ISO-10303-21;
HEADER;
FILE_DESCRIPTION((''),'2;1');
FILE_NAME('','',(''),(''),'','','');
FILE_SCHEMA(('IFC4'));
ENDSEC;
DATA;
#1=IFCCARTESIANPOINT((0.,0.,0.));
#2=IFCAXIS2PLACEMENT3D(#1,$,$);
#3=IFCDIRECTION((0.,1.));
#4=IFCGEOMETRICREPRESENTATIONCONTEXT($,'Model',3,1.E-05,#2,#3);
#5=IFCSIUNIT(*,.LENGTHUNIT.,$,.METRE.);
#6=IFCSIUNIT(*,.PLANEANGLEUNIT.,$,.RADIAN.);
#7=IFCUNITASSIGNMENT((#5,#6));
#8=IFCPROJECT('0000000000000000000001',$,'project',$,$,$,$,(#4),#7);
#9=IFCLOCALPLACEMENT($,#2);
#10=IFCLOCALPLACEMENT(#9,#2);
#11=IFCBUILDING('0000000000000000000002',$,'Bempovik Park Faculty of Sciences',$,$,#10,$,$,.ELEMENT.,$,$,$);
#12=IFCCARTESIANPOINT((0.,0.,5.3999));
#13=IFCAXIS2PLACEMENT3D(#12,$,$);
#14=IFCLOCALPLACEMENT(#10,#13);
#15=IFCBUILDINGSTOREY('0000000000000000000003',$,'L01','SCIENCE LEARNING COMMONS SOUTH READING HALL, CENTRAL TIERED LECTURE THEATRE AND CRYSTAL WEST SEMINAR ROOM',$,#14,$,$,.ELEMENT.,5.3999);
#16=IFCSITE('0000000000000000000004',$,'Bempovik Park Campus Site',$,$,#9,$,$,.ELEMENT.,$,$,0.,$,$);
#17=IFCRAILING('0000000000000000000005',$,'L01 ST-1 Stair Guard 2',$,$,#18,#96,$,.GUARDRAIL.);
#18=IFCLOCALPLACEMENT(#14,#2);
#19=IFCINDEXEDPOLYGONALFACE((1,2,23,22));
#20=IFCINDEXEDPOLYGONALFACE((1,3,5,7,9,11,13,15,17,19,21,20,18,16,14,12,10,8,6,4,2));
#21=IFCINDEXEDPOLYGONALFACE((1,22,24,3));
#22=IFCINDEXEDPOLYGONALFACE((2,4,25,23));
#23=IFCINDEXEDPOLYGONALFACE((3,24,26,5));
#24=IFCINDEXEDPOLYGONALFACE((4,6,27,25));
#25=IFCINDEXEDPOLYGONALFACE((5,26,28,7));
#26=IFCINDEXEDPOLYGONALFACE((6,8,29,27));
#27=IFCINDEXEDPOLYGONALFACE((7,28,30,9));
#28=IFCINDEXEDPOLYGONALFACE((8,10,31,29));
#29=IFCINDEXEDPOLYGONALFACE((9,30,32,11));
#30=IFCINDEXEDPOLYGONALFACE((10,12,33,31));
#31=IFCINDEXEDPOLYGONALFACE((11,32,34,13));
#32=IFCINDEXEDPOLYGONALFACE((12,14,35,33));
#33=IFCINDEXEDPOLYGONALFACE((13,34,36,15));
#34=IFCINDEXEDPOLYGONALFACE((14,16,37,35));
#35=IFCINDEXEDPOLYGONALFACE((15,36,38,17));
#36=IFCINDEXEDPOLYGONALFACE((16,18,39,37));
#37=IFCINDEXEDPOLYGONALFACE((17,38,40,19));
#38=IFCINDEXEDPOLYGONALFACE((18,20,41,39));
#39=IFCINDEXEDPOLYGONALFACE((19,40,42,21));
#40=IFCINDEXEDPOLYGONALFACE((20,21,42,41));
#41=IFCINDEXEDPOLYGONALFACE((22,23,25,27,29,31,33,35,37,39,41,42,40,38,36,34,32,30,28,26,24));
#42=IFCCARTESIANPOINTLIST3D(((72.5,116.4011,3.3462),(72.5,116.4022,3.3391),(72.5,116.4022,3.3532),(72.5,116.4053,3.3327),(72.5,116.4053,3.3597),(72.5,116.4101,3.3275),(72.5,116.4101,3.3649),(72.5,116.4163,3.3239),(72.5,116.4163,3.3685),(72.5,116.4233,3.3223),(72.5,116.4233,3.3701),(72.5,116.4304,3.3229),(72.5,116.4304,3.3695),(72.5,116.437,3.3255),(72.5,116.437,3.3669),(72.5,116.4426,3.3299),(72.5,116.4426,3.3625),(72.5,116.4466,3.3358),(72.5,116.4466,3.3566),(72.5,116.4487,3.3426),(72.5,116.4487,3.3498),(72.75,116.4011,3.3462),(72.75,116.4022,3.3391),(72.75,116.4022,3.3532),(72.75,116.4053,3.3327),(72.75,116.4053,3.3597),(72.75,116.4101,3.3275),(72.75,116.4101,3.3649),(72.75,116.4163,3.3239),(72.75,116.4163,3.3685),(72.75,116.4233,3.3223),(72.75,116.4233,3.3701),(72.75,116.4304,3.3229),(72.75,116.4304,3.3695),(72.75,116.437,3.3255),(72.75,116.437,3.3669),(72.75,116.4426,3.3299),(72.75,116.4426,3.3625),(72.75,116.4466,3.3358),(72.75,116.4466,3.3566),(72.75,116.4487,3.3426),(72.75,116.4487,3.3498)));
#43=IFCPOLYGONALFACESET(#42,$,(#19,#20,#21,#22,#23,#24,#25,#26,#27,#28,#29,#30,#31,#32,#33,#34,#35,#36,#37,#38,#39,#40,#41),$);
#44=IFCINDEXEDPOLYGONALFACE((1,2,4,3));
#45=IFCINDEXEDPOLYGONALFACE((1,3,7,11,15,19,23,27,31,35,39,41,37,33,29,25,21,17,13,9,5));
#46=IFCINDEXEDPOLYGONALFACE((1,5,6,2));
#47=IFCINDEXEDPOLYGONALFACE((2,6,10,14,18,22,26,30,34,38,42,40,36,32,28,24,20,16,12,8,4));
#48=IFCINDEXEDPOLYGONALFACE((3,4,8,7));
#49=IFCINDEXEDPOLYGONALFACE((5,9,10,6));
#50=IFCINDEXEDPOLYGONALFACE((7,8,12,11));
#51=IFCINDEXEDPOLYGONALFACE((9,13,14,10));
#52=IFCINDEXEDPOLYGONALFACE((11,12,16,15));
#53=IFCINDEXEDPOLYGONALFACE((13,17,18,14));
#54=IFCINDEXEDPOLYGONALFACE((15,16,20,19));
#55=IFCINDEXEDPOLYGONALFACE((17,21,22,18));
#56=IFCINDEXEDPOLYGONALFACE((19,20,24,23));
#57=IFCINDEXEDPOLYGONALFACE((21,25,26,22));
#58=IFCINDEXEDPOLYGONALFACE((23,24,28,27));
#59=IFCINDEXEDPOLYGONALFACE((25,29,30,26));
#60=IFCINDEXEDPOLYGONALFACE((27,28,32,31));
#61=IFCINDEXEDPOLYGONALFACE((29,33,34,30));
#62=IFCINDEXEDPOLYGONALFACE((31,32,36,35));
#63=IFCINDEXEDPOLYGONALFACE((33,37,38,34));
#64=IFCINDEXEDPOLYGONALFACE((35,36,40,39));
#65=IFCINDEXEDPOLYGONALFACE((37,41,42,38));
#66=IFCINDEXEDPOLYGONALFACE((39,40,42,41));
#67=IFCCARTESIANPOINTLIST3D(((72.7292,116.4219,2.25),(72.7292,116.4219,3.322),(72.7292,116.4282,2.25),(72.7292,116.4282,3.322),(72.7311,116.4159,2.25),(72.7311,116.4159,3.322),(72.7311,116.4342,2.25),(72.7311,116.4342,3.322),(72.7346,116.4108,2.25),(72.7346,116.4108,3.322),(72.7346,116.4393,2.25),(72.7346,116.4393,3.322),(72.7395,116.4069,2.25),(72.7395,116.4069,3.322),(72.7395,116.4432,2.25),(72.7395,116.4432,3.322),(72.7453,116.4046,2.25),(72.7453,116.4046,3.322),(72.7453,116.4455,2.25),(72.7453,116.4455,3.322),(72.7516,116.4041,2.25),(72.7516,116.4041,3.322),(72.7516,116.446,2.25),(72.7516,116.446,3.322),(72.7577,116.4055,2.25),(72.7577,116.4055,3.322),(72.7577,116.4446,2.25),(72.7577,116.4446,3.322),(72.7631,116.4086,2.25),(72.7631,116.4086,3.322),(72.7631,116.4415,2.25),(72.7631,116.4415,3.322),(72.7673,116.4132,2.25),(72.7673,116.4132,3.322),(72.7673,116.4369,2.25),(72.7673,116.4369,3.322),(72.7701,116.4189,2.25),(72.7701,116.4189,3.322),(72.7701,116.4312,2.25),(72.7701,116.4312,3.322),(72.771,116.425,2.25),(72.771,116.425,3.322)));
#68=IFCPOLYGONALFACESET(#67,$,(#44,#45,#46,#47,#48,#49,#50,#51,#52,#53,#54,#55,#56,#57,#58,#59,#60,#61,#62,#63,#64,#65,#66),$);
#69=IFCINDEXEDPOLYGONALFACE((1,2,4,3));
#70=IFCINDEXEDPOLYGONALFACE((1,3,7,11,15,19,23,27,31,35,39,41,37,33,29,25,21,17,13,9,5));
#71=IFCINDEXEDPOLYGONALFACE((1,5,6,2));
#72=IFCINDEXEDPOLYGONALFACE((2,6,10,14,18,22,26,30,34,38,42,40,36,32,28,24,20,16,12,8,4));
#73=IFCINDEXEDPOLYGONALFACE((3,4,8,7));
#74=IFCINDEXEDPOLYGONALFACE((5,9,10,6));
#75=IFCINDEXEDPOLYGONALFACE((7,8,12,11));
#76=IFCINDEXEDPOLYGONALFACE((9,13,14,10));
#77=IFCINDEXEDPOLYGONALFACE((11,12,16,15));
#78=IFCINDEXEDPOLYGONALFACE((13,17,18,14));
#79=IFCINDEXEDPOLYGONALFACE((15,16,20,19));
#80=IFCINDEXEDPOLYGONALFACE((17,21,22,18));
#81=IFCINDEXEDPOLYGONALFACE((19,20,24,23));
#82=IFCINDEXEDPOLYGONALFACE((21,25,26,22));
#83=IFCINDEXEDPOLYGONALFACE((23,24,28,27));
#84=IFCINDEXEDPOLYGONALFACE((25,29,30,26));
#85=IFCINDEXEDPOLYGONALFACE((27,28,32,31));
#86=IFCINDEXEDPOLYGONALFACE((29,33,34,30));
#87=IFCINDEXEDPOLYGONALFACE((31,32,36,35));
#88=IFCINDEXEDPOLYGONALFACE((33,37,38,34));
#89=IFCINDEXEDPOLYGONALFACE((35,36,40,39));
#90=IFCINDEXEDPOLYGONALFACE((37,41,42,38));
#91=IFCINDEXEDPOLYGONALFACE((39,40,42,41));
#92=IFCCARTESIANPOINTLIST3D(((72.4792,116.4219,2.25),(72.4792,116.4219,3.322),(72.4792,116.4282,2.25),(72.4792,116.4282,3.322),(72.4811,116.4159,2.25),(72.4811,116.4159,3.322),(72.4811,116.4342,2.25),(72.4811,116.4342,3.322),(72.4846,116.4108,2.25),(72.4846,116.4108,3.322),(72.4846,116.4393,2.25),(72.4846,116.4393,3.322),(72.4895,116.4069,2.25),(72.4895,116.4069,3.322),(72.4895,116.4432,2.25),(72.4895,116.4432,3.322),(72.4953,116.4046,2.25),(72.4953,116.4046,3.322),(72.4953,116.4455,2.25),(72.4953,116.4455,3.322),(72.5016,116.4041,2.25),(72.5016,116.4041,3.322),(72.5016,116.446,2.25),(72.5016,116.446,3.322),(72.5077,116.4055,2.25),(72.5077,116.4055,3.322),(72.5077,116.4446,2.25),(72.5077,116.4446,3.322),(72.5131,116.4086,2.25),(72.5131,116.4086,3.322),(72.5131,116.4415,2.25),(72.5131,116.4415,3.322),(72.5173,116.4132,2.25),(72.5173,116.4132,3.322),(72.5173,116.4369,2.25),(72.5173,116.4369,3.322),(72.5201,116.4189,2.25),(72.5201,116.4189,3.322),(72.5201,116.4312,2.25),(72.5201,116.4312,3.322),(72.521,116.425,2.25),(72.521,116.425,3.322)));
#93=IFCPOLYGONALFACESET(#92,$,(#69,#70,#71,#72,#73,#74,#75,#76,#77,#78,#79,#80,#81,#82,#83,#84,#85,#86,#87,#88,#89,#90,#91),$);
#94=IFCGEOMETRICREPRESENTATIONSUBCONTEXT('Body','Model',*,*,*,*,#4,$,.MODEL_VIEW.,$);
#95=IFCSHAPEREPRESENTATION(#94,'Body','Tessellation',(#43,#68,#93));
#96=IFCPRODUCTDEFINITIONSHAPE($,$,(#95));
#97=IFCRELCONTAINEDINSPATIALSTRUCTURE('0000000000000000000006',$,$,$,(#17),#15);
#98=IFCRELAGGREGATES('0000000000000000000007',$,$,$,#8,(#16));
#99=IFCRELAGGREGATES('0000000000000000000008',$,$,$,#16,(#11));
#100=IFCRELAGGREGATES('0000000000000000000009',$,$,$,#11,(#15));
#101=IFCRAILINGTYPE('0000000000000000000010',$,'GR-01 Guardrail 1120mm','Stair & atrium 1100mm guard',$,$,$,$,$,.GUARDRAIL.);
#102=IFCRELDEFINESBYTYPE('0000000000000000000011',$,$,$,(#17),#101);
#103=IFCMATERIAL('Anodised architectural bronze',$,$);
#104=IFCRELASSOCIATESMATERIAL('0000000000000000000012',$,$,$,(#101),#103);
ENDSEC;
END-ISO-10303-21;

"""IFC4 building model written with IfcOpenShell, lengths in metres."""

from ifc_helpers import new_model, si_unit, direction, frame, origin, origin_2d, place, context, subcontext, project, spatial, circle, extrude, material, type_object, element, save


model = new_model("IFC4")

# Units and contexts
model_context = context("Model", 3, precision=1e-05, world=origin(), true_north=direction((0.0, 1.0)))
body_context = subcontext(model_context, "Body", "Model", "MODEL_VIEW")
ifc_project = project(units=[si_unit("LENGTHUNIT", "METRE"), si_unit("PLANEANGLEUNIT", "RADIAN")], contexts=[model_context])

# Site, building, storey
site_placement = place(None, origin())
site = spatial("IfcSite", under=ifc_project, at=site_placement, Name="Bempovik Park Campus Site", CompositionType="ELEMENT", RefElevation=0.0)
building_placement = place(site_placement, origin())
building = spatial("IfcBuilding", under=site, at=building_placement, Name="Bempovik Park Faculty of Sciences", CompositionType="ELEMENT")
storey_placement = place(building_placement, frame((0.0, 0.0, 5.3999)))
storey = spatial("IfcBuildingStorey", under=building, at=storey_placement, Name="L01", Description="SCIENCE LEARNING COMMONS SOUTH READING HALL, CENTRAL TIERED LECTURE THEATRE AND CRYSTAL WEST SEMINAR ROOM", CompositionType="ELEMENT", Elevation=5.3999)

# Railing
ifc_material_1 = material(Name="Anodised architectural bronze")
railing_type_1 = type_object("IfcRailingType", Name="GR-01 Guardrail 1120mm", Description="Stair & atrium 1100mm guard", PredefinedType="GUARDRAIL", material=ifc_material_1)
railing_1_placement = place(storey_placement, frame((72.75, 116.425, 2.25)))
element("IfcRailing", 1, at=railing_1_placement, inside=storey, type_object=railing_type_1, Name="L01 ST-1 Stair Guard 2", PredefinedType="GUARDRAIL", context=body_context, shape_type="SweptSolid", body=[
    extrude(circle(Radius=0.0239, at=origin_2d()), frame((0.0, 0.0, 1.0962), z_axis=(-1.0, 0.0, 0.0), x_axis=(0.0, -1.0, 0.0)), (0.0, 0.0, 1.0), 0.25),
    extrude(circle(Radius=0.021, at=origin_2d()), origin(), (0.0, 0.0, 1.0), 1.072),
    extrude(circle(Radius=0.021, at=origin_2d()), frame((-0.25, 0.0, 0.0)), (0.0, 0.0, 1.0), 1.072),
])

save(model, "model.ifc")
